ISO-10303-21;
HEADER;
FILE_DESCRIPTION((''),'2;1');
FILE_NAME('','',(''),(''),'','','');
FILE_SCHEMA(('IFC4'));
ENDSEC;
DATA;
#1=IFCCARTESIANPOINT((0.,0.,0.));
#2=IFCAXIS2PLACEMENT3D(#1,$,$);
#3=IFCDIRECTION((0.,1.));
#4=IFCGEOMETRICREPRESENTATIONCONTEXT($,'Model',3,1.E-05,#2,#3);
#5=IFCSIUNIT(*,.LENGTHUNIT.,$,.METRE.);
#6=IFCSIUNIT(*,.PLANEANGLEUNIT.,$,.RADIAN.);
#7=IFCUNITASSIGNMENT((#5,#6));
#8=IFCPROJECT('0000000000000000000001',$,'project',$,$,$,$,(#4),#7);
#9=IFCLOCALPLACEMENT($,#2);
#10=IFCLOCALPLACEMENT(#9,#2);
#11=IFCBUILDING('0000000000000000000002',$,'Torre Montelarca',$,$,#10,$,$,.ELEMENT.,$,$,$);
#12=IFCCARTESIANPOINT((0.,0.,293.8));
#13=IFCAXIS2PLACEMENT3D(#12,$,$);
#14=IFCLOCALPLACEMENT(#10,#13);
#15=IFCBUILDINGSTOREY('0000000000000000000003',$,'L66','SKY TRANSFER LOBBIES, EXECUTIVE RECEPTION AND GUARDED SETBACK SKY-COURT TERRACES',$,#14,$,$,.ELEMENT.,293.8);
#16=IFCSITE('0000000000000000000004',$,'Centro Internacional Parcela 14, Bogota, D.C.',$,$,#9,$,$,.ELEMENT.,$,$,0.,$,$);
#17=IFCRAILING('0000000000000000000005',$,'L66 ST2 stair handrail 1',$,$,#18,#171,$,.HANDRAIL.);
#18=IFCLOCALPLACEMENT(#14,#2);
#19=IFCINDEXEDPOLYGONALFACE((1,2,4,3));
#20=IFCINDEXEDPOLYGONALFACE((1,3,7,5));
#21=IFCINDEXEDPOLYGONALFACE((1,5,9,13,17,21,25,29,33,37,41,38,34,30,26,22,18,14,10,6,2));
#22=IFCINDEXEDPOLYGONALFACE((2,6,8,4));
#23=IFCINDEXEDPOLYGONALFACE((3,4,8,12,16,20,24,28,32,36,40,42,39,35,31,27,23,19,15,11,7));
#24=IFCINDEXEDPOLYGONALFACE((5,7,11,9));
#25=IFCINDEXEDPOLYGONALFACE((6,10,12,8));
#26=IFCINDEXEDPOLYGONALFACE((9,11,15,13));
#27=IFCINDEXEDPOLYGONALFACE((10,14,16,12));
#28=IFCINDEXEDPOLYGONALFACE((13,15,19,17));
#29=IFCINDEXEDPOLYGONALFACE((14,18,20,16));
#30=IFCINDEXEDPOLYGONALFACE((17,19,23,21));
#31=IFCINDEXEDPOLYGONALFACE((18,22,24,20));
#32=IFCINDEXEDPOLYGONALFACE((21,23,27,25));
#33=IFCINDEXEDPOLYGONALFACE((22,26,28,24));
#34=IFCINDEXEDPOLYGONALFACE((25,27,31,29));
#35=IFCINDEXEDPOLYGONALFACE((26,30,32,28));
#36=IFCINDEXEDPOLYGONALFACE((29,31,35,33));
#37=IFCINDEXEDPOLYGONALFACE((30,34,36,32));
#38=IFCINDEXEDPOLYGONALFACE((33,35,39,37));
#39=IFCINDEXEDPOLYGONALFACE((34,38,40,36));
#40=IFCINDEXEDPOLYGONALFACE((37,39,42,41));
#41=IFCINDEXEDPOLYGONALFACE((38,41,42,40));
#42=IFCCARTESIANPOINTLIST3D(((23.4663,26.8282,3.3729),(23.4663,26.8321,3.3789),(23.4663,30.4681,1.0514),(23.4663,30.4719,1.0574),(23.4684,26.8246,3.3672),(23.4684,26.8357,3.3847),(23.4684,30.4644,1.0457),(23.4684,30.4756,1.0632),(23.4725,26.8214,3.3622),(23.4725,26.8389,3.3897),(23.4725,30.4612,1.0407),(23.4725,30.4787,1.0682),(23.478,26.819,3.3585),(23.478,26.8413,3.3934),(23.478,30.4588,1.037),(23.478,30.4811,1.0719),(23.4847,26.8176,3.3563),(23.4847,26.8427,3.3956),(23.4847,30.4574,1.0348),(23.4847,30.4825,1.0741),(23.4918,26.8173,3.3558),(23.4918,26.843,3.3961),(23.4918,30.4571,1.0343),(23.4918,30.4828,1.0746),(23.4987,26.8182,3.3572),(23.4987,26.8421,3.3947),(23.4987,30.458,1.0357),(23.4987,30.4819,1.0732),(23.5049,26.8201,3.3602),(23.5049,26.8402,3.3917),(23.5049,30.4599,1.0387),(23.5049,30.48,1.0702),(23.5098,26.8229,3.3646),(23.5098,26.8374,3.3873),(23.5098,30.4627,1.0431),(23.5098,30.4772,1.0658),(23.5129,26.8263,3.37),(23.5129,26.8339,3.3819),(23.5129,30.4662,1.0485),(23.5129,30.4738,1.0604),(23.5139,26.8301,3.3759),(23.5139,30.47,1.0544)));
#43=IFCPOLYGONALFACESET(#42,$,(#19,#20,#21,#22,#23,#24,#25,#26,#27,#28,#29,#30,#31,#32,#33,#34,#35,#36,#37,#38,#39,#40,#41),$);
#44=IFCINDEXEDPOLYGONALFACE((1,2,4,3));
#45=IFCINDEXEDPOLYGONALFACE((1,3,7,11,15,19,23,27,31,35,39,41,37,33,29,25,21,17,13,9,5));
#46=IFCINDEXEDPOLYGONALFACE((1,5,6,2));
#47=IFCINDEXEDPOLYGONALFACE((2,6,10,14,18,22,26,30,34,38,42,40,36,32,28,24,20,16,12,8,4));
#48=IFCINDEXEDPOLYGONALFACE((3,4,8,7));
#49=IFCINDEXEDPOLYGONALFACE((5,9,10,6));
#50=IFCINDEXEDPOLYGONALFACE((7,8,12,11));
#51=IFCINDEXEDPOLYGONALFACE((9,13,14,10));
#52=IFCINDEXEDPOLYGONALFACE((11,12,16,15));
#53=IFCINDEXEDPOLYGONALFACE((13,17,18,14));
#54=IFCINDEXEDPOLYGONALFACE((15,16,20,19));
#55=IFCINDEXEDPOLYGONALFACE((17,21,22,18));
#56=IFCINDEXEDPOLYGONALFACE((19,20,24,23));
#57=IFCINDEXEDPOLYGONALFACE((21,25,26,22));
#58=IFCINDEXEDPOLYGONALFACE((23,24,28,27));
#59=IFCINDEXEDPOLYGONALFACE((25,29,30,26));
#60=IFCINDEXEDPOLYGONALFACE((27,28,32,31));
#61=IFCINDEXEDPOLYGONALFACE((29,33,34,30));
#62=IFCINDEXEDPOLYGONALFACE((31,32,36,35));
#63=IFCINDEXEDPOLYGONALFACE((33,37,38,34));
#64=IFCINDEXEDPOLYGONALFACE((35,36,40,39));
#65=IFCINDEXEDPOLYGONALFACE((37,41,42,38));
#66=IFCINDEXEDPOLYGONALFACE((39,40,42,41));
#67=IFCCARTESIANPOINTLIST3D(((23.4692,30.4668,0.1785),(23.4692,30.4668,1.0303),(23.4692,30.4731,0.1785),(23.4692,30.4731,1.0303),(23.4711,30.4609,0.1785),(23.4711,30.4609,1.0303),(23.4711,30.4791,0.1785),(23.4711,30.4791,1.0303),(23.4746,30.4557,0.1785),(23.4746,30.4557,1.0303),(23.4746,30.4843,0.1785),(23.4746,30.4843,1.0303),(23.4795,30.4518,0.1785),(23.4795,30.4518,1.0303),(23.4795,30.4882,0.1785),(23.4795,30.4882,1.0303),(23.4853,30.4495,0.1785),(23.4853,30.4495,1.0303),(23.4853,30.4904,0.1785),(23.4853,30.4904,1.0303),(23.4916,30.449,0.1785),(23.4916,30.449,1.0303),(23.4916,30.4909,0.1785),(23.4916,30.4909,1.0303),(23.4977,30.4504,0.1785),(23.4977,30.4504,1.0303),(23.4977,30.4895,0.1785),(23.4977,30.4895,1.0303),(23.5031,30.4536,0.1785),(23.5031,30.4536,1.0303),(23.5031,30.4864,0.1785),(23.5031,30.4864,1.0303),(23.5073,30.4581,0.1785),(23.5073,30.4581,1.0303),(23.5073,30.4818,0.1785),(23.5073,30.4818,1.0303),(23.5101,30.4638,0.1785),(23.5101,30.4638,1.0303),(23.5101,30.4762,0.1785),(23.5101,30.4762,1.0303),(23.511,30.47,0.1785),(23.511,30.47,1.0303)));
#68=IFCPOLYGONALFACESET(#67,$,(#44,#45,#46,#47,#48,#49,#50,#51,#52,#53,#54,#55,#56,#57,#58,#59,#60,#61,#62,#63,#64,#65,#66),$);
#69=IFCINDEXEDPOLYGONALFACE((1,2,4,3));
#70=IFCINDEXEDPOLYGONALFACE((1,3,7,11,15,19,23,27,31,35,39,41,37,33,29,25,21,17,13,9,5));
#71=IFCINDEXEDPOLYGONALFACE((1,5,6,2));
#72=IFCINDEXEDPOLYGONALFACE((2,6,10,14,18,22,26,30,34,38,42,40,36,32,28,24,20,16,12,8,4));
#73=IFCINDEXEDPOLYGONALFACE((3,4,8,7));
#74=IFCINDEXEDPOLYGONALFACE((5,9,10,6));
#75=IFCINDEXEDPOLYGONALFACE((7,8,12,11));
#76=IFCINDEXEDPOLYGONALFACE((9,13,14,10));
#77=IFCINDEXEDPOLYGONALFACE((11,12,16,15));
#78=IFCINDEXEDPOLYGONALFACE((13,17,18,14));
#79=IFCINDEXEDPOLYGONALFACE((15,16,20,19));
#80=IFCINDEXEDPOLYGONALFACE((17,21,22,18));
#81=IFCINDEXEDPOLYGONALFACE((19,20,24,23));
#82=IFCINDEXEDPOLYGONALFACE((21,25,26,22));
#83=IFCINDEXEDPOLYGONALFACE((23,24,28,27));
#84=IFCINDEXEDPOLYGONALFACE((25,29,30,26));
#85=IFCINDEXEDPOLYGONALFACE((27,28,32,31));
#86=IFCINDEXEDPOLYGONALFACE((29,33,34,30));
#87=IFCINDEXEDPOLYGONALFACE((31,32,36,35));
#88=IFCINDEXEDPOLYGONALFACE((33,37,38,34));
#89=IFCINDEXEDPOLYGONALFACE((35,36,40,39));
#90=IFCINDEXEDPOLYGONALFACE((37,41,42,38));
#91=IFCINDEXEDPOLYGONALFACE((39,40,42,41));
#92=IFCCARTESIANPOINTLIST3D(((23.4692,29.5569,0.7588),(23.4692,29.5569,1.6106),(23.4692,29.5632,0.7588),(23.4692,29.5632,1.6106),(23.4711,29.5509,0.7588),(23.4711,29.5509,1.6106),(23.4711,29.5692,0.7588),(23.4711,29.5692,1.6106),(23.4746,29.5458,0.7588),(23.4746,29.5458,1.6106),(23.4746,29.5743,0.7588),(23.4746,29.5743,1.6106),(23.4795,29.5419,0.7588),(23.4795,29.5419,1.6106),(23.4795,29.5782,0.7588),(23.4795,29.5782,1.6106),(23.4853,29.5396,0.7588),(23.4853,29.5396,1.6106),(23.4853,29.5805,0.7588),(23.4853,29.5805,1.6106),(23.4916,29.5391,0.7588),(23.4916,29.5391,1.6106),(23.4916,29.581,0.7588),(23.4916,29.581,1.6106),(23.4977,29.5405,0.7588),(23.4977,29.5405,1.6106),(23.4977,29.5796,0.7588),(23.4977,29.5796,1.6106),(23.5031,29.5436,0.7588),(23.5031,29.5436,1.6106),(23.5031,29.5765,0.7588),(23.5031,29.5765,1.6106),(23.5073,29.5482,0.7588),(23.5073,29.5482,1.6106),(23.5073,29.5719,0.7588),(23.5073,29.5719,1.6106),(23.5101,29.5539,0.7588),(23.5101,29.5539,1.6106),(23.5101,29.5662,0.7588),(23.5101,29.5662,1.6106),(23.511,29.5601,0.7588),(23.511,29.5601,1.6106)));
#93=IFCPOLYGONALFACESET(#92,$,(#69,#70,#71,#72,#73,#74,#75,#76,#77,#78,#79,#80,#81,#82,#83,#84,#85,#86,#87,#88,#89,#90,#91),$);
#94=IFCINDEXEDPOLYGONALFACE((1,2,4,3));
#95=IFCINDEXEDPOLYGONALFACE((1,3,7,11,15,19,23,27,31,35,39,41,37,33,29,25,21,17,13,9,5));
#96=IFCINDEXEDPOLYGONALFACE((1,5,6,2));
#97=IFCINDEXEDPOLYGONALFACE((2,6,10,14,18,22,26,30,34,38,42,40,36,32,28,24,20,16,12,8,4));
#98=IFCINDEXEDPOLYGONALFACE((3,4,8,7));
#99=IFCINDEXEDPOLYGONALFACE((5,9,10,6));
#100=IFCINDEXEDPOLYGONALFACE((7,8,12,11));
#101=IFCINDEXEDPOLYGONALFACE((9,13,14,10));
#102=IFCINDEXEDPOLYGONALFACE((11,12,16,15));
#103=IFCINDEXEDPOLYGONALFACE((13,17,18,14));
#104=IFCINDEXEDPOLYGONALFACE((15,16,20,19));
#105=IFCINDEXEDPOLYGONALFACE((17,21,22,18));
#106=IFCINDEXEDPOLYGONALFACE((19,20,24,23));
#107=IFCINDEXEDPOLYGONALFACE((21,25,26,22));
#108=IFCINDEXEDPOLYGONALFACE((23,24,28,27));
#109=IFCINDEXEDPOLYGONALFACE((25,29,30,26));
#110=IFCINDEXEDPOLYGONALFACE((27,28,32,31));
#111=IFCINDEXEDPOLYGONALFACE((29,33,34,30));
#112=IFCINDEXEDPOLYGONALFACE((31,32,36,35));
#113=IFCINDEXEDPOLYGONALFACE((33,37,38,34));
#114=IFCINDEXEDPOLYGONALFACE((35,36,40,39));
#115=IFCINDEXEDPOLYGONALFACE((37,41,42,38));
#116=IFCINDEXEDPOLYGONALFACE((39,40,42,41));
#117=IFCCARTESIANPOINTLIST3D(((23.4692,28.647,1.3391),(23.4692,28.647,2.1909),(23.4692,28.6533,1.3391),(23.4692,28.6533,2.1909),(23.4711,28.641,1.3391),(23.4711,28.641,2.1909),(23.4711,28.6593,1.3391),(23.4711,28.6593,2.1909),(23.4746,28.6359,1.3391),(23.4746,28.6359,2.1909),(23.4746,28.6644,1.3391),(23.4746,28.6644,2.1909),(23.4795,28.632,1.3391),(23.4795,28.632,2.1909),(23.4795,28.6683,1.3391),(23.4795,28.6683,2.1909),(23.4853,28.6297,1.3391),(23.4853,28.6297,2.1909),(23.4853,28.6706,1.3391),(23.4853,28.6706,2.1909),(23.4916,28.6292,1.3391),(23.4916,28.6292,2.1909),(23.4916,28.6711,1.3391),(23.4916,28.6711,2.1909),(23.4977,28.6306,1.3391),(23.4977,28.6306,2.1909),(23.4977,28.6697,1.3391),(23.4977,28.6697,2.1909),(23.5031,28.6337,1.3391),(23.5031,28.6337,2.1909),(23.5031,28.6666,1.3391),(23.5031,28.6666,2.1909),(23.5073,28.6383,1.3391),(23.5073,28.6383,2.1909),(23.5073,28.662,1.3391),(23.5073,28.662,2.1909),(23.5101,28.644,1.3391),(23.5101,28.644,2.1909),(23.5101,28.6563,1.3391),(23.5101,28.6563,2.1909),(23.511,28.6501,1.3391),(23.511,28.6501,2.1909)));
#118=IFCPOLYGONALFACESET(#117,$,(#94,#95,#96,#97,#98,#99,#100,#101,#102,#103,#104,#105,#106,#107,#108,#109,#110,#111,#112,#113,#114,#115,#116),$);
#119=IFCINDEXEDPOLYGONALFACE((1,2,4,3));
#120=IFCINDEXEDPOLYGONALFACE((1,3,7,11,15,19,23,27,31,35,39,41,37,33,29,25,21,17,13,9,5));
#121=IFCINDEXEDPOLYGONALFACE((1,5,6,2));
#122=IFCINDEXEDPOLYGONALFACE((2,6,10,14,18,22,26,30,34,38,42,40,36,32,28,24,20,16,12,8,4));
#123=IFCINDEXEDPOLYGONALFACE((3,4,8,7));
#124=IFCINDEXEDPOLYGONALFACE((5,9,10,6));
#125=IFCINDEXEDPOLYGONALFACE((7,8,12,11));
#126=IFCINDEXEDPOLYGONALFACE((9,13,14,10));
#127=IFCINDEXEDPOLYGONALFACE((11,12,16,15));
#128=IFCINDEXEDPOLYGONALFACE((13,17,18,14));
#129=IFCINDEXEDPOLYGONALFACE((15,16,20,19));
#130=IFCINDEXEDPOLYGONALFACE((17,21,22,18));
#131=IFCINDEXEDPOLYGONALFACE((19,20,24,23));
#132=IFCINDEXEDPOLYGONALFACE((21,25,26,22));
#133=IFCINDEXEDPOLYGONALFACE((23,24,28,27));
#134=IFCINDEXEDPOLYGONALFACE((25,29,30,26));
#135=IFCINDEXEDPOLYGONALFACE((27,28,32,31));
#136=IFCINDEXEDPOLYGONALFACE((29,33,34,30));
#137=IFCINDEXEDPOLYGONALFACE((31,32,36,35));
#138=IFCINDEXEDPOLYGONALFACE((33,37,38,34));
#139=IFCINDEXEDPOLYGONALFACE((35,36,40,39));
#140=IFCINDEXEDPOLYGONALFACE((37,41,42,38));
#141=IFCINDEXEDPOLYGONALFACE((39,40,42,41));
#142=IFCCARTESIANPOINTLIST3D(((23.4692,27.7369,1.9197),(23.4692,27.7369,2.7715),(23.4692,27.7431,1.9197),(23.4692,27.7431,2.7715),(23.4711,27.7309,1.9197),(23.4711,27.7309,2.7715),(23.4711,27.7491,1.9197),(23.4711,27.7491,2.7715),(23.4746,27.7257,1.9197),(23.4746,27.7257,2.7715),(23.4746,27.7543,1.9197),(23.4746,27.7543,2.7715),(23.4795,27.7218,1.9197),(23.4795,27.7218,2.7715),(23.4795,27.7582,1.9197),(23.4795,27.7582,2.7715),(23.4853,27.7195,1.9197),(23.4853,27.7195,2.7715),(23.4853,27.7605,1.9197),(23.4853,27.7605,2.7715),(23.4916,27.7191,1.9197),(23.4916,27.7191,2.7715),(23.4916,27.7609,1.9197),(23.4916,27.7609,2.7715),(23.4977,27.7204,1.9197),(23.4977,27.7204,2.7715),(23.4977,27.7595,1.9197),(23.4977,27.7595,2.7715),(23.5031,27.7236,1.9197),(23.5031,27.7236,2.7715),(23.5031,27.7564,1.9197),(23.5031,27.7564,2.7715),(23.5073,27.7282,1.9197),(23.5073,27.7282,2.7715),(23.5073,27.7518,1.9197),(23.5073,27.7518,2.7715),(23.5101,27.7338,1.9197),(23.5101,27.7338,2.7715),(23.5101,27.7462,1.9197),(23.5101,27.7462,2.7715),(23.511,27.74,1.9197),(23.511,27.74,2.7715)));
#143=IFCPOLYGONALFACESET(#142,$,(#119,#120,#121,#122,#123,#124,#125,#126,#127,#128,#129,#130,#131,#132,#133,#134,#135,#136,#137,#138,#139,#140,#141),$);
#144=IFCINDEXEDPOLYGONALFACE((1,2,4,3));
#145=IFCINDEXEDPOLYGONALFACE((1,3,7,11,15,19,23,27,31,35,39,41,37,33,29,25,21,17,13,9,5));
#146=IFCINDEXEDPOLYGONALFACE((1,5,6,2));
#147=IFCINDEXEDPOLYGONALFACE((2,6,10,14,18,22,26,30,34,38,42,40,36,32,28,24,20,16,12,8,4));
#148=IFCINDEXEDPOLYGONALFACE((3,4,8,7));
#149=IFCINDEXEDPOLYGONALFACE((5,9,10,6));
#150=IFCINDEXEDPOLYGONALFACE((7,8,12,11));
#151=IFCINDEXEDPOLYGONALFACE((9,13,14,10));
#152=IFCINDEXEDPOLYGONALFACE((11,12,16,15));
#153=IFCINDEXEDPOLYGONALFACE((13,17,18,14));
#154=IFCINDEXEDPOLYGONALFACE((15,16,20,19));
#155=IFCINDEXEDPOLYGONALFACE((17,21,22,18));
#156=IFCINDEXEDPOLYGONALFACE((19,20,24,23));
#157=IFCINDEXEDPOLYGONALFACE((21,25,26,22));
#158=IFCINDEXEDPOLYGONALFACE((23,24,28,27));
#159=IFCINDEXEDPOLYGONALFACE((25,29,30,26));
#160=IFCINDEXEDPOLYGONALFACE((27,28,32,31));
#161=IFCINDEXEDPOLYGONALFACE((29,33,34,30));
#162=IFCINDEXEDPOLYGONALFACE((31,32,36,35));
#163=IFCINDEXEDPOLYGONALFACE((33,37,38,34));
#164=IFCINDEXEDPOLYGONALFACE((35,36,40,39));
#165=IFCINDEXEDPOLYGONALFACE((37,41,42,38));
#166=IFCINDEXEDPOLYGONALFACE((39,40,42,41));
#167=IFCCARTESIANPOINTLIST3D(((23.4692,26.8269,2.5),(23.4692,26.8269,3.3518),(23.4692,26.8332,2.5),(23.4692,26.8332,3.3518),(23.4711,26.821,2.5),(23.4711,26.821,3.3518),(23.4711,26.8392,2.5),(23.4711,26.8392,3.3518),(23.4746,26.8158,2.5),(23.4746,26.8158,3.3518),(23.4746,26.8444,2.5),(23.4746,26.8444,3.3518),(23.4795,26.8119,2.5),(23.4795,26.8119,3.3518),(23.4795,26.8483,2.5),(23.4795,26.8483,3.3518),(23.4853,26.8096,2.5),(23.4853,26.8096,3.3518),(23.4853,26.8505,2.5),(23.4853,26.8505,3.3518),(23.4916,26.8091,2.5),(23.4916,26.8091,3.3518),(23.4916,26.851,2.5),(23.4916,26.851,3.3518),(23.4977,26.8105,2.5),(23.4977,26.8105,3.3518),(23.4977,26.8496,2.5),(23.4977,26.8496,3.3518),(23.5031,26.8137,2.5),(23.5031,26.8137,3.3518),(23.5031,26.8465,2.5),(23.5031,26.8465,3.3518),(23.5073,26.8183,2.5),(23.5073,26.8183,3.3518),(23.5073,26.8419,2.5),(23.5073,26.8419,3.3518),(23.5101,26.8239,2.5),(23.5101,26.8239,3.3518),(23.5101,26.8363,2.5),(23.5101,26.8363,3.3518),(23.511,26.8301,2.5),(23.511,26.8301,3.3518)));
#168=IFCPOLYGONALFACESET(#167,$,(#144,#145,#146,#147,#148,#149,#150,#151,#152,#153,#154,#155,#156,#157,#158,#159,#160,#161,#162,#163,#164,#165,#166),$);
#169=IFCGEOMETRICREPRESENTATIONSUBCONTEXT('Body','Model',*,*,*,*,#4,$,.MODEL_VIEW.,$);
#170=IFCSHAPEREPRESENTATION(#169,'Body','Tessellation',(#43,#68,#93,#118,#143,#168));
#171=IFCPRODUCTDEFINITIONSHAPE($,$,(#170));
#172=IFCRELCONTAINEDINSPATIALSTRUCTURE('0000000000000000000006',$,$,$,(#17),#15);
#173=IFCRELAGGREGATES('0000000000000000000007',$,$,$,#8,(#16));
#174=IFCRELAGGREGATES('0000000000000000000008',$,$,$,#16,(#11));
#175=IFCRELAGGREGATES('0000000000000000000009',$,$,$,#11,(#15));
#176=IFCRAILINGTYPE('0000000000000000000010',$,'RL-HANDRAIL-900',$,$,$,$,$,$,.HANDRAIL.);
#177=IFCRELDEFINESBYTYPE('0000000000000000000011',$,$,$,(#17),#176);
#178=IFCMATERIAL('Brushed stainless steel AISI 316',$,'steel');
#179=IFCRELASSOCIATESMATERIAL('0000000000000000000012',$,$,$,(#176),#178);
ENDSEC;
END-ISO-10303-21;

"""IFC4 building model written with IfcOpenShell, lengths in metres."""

from ifc_helpers import new_model, si_unit, direction, frame, origin, origin_2d, place, context, subcontext, project, spatial, circle, extrude, material, type_object, element, save


model = new_model("IFC4")

# Units and contexts
model_context = context("Model", 3, precision=1e-05, world=origin(), true_north=direction((0.0, 1.0)))
body_context = subcontext(model_context, "Body", "Model", "MODEL_VIEW")
ifc_project = project(units=[si_unit("LENGTHUNIT", "METRE"), si_unit("PLANEANGLEUNIT", "RADIAN")], contexts=[model_context])

# Site, building, storey
site_placement = place(None, origin())
site = spatial("IfcSite", under=ifc_project, at=site_placement, Name="Centro Internacional Parcela 14, Bogota, D.C.", CompositionType="ELEMENT", RefElevation=0.0)
building_placement = place(site_placement, origin())
building = spatial("IfcBuilding", under=site, at=building_placement, Name="Torre Montelarca", CompositionType="ELEMENT")
storey_placement = place(building_placement, frame((0.0, 0.0, 293.8)))
storey = spatial("IfcBuildingStorey", under=building, at=storey_placement, Name="L66", Description="SKY TRANSFER LOBBIES, EXECUTIVE RECEPTION AND GUARDED SETBACK SKY-COURT TERRACES", CompositionType="ELEMENT", Elevation=293.8)

# Shared definitions
ifc_material_1 = material(Name="Brushed stainless steel AISI 316", Category="steel")

# Railing
railing_type_1 = type_object("IfcRailingType", Name="RL-HANDRAIL-900", PredefinedType="HANDRAIL", material=ifc_material_1)
railing_1_placement = place(storey_placement, frame((23.49, 30.47, 0.1785)))
element("IfcRailing", 1, at=railing_1_placement, inside=storey, type_object=railing_type_1, Name="L66 ST2 stair handrail 1", PredefinedType="HANDRAIL", context=body_context, shape_type="SweptSolid", body=[
    extrude(circle(Radius=0.0239, at=origin_2d()), frame((0.0, 0.0, 0.876), z_axis=(0.0, -0.843112, 0.537739), x_axis=(1.0, 0.0, 0.0)), (0.0, 0.0, 1.0), 4.3171),
    extrude(circle(Radius=0.021, at=origin_2d()), origin(), (0.0, 0.0, 1.0), 0.8518),
    extrude(circle(Radius=0.021, at=origin_2d()), frame((0.0, -0.9099, 0.5803)), (0.0, 0.0, 1.0), 0.8518),
    extrude(circle(Radius=0.021, at=origin_2d()), frame((0.0, -1.8198, 1.1606)), (0.0, 0.0, 1.0), 0.8518),
    extrude(circle(Radius=0.021, at=origin_2d()), frame((0.0, -2.73, 1.7412)), (0.0, 0.0, 1.0), 0.8518),
    extrude(circle(Radius=0.021, at=origin_2d()), frame((0.0, -3.6399, 2.3215)), (0.0, 0.0, 1.0), 0.8518),
])

save(model, "model.ifc")
